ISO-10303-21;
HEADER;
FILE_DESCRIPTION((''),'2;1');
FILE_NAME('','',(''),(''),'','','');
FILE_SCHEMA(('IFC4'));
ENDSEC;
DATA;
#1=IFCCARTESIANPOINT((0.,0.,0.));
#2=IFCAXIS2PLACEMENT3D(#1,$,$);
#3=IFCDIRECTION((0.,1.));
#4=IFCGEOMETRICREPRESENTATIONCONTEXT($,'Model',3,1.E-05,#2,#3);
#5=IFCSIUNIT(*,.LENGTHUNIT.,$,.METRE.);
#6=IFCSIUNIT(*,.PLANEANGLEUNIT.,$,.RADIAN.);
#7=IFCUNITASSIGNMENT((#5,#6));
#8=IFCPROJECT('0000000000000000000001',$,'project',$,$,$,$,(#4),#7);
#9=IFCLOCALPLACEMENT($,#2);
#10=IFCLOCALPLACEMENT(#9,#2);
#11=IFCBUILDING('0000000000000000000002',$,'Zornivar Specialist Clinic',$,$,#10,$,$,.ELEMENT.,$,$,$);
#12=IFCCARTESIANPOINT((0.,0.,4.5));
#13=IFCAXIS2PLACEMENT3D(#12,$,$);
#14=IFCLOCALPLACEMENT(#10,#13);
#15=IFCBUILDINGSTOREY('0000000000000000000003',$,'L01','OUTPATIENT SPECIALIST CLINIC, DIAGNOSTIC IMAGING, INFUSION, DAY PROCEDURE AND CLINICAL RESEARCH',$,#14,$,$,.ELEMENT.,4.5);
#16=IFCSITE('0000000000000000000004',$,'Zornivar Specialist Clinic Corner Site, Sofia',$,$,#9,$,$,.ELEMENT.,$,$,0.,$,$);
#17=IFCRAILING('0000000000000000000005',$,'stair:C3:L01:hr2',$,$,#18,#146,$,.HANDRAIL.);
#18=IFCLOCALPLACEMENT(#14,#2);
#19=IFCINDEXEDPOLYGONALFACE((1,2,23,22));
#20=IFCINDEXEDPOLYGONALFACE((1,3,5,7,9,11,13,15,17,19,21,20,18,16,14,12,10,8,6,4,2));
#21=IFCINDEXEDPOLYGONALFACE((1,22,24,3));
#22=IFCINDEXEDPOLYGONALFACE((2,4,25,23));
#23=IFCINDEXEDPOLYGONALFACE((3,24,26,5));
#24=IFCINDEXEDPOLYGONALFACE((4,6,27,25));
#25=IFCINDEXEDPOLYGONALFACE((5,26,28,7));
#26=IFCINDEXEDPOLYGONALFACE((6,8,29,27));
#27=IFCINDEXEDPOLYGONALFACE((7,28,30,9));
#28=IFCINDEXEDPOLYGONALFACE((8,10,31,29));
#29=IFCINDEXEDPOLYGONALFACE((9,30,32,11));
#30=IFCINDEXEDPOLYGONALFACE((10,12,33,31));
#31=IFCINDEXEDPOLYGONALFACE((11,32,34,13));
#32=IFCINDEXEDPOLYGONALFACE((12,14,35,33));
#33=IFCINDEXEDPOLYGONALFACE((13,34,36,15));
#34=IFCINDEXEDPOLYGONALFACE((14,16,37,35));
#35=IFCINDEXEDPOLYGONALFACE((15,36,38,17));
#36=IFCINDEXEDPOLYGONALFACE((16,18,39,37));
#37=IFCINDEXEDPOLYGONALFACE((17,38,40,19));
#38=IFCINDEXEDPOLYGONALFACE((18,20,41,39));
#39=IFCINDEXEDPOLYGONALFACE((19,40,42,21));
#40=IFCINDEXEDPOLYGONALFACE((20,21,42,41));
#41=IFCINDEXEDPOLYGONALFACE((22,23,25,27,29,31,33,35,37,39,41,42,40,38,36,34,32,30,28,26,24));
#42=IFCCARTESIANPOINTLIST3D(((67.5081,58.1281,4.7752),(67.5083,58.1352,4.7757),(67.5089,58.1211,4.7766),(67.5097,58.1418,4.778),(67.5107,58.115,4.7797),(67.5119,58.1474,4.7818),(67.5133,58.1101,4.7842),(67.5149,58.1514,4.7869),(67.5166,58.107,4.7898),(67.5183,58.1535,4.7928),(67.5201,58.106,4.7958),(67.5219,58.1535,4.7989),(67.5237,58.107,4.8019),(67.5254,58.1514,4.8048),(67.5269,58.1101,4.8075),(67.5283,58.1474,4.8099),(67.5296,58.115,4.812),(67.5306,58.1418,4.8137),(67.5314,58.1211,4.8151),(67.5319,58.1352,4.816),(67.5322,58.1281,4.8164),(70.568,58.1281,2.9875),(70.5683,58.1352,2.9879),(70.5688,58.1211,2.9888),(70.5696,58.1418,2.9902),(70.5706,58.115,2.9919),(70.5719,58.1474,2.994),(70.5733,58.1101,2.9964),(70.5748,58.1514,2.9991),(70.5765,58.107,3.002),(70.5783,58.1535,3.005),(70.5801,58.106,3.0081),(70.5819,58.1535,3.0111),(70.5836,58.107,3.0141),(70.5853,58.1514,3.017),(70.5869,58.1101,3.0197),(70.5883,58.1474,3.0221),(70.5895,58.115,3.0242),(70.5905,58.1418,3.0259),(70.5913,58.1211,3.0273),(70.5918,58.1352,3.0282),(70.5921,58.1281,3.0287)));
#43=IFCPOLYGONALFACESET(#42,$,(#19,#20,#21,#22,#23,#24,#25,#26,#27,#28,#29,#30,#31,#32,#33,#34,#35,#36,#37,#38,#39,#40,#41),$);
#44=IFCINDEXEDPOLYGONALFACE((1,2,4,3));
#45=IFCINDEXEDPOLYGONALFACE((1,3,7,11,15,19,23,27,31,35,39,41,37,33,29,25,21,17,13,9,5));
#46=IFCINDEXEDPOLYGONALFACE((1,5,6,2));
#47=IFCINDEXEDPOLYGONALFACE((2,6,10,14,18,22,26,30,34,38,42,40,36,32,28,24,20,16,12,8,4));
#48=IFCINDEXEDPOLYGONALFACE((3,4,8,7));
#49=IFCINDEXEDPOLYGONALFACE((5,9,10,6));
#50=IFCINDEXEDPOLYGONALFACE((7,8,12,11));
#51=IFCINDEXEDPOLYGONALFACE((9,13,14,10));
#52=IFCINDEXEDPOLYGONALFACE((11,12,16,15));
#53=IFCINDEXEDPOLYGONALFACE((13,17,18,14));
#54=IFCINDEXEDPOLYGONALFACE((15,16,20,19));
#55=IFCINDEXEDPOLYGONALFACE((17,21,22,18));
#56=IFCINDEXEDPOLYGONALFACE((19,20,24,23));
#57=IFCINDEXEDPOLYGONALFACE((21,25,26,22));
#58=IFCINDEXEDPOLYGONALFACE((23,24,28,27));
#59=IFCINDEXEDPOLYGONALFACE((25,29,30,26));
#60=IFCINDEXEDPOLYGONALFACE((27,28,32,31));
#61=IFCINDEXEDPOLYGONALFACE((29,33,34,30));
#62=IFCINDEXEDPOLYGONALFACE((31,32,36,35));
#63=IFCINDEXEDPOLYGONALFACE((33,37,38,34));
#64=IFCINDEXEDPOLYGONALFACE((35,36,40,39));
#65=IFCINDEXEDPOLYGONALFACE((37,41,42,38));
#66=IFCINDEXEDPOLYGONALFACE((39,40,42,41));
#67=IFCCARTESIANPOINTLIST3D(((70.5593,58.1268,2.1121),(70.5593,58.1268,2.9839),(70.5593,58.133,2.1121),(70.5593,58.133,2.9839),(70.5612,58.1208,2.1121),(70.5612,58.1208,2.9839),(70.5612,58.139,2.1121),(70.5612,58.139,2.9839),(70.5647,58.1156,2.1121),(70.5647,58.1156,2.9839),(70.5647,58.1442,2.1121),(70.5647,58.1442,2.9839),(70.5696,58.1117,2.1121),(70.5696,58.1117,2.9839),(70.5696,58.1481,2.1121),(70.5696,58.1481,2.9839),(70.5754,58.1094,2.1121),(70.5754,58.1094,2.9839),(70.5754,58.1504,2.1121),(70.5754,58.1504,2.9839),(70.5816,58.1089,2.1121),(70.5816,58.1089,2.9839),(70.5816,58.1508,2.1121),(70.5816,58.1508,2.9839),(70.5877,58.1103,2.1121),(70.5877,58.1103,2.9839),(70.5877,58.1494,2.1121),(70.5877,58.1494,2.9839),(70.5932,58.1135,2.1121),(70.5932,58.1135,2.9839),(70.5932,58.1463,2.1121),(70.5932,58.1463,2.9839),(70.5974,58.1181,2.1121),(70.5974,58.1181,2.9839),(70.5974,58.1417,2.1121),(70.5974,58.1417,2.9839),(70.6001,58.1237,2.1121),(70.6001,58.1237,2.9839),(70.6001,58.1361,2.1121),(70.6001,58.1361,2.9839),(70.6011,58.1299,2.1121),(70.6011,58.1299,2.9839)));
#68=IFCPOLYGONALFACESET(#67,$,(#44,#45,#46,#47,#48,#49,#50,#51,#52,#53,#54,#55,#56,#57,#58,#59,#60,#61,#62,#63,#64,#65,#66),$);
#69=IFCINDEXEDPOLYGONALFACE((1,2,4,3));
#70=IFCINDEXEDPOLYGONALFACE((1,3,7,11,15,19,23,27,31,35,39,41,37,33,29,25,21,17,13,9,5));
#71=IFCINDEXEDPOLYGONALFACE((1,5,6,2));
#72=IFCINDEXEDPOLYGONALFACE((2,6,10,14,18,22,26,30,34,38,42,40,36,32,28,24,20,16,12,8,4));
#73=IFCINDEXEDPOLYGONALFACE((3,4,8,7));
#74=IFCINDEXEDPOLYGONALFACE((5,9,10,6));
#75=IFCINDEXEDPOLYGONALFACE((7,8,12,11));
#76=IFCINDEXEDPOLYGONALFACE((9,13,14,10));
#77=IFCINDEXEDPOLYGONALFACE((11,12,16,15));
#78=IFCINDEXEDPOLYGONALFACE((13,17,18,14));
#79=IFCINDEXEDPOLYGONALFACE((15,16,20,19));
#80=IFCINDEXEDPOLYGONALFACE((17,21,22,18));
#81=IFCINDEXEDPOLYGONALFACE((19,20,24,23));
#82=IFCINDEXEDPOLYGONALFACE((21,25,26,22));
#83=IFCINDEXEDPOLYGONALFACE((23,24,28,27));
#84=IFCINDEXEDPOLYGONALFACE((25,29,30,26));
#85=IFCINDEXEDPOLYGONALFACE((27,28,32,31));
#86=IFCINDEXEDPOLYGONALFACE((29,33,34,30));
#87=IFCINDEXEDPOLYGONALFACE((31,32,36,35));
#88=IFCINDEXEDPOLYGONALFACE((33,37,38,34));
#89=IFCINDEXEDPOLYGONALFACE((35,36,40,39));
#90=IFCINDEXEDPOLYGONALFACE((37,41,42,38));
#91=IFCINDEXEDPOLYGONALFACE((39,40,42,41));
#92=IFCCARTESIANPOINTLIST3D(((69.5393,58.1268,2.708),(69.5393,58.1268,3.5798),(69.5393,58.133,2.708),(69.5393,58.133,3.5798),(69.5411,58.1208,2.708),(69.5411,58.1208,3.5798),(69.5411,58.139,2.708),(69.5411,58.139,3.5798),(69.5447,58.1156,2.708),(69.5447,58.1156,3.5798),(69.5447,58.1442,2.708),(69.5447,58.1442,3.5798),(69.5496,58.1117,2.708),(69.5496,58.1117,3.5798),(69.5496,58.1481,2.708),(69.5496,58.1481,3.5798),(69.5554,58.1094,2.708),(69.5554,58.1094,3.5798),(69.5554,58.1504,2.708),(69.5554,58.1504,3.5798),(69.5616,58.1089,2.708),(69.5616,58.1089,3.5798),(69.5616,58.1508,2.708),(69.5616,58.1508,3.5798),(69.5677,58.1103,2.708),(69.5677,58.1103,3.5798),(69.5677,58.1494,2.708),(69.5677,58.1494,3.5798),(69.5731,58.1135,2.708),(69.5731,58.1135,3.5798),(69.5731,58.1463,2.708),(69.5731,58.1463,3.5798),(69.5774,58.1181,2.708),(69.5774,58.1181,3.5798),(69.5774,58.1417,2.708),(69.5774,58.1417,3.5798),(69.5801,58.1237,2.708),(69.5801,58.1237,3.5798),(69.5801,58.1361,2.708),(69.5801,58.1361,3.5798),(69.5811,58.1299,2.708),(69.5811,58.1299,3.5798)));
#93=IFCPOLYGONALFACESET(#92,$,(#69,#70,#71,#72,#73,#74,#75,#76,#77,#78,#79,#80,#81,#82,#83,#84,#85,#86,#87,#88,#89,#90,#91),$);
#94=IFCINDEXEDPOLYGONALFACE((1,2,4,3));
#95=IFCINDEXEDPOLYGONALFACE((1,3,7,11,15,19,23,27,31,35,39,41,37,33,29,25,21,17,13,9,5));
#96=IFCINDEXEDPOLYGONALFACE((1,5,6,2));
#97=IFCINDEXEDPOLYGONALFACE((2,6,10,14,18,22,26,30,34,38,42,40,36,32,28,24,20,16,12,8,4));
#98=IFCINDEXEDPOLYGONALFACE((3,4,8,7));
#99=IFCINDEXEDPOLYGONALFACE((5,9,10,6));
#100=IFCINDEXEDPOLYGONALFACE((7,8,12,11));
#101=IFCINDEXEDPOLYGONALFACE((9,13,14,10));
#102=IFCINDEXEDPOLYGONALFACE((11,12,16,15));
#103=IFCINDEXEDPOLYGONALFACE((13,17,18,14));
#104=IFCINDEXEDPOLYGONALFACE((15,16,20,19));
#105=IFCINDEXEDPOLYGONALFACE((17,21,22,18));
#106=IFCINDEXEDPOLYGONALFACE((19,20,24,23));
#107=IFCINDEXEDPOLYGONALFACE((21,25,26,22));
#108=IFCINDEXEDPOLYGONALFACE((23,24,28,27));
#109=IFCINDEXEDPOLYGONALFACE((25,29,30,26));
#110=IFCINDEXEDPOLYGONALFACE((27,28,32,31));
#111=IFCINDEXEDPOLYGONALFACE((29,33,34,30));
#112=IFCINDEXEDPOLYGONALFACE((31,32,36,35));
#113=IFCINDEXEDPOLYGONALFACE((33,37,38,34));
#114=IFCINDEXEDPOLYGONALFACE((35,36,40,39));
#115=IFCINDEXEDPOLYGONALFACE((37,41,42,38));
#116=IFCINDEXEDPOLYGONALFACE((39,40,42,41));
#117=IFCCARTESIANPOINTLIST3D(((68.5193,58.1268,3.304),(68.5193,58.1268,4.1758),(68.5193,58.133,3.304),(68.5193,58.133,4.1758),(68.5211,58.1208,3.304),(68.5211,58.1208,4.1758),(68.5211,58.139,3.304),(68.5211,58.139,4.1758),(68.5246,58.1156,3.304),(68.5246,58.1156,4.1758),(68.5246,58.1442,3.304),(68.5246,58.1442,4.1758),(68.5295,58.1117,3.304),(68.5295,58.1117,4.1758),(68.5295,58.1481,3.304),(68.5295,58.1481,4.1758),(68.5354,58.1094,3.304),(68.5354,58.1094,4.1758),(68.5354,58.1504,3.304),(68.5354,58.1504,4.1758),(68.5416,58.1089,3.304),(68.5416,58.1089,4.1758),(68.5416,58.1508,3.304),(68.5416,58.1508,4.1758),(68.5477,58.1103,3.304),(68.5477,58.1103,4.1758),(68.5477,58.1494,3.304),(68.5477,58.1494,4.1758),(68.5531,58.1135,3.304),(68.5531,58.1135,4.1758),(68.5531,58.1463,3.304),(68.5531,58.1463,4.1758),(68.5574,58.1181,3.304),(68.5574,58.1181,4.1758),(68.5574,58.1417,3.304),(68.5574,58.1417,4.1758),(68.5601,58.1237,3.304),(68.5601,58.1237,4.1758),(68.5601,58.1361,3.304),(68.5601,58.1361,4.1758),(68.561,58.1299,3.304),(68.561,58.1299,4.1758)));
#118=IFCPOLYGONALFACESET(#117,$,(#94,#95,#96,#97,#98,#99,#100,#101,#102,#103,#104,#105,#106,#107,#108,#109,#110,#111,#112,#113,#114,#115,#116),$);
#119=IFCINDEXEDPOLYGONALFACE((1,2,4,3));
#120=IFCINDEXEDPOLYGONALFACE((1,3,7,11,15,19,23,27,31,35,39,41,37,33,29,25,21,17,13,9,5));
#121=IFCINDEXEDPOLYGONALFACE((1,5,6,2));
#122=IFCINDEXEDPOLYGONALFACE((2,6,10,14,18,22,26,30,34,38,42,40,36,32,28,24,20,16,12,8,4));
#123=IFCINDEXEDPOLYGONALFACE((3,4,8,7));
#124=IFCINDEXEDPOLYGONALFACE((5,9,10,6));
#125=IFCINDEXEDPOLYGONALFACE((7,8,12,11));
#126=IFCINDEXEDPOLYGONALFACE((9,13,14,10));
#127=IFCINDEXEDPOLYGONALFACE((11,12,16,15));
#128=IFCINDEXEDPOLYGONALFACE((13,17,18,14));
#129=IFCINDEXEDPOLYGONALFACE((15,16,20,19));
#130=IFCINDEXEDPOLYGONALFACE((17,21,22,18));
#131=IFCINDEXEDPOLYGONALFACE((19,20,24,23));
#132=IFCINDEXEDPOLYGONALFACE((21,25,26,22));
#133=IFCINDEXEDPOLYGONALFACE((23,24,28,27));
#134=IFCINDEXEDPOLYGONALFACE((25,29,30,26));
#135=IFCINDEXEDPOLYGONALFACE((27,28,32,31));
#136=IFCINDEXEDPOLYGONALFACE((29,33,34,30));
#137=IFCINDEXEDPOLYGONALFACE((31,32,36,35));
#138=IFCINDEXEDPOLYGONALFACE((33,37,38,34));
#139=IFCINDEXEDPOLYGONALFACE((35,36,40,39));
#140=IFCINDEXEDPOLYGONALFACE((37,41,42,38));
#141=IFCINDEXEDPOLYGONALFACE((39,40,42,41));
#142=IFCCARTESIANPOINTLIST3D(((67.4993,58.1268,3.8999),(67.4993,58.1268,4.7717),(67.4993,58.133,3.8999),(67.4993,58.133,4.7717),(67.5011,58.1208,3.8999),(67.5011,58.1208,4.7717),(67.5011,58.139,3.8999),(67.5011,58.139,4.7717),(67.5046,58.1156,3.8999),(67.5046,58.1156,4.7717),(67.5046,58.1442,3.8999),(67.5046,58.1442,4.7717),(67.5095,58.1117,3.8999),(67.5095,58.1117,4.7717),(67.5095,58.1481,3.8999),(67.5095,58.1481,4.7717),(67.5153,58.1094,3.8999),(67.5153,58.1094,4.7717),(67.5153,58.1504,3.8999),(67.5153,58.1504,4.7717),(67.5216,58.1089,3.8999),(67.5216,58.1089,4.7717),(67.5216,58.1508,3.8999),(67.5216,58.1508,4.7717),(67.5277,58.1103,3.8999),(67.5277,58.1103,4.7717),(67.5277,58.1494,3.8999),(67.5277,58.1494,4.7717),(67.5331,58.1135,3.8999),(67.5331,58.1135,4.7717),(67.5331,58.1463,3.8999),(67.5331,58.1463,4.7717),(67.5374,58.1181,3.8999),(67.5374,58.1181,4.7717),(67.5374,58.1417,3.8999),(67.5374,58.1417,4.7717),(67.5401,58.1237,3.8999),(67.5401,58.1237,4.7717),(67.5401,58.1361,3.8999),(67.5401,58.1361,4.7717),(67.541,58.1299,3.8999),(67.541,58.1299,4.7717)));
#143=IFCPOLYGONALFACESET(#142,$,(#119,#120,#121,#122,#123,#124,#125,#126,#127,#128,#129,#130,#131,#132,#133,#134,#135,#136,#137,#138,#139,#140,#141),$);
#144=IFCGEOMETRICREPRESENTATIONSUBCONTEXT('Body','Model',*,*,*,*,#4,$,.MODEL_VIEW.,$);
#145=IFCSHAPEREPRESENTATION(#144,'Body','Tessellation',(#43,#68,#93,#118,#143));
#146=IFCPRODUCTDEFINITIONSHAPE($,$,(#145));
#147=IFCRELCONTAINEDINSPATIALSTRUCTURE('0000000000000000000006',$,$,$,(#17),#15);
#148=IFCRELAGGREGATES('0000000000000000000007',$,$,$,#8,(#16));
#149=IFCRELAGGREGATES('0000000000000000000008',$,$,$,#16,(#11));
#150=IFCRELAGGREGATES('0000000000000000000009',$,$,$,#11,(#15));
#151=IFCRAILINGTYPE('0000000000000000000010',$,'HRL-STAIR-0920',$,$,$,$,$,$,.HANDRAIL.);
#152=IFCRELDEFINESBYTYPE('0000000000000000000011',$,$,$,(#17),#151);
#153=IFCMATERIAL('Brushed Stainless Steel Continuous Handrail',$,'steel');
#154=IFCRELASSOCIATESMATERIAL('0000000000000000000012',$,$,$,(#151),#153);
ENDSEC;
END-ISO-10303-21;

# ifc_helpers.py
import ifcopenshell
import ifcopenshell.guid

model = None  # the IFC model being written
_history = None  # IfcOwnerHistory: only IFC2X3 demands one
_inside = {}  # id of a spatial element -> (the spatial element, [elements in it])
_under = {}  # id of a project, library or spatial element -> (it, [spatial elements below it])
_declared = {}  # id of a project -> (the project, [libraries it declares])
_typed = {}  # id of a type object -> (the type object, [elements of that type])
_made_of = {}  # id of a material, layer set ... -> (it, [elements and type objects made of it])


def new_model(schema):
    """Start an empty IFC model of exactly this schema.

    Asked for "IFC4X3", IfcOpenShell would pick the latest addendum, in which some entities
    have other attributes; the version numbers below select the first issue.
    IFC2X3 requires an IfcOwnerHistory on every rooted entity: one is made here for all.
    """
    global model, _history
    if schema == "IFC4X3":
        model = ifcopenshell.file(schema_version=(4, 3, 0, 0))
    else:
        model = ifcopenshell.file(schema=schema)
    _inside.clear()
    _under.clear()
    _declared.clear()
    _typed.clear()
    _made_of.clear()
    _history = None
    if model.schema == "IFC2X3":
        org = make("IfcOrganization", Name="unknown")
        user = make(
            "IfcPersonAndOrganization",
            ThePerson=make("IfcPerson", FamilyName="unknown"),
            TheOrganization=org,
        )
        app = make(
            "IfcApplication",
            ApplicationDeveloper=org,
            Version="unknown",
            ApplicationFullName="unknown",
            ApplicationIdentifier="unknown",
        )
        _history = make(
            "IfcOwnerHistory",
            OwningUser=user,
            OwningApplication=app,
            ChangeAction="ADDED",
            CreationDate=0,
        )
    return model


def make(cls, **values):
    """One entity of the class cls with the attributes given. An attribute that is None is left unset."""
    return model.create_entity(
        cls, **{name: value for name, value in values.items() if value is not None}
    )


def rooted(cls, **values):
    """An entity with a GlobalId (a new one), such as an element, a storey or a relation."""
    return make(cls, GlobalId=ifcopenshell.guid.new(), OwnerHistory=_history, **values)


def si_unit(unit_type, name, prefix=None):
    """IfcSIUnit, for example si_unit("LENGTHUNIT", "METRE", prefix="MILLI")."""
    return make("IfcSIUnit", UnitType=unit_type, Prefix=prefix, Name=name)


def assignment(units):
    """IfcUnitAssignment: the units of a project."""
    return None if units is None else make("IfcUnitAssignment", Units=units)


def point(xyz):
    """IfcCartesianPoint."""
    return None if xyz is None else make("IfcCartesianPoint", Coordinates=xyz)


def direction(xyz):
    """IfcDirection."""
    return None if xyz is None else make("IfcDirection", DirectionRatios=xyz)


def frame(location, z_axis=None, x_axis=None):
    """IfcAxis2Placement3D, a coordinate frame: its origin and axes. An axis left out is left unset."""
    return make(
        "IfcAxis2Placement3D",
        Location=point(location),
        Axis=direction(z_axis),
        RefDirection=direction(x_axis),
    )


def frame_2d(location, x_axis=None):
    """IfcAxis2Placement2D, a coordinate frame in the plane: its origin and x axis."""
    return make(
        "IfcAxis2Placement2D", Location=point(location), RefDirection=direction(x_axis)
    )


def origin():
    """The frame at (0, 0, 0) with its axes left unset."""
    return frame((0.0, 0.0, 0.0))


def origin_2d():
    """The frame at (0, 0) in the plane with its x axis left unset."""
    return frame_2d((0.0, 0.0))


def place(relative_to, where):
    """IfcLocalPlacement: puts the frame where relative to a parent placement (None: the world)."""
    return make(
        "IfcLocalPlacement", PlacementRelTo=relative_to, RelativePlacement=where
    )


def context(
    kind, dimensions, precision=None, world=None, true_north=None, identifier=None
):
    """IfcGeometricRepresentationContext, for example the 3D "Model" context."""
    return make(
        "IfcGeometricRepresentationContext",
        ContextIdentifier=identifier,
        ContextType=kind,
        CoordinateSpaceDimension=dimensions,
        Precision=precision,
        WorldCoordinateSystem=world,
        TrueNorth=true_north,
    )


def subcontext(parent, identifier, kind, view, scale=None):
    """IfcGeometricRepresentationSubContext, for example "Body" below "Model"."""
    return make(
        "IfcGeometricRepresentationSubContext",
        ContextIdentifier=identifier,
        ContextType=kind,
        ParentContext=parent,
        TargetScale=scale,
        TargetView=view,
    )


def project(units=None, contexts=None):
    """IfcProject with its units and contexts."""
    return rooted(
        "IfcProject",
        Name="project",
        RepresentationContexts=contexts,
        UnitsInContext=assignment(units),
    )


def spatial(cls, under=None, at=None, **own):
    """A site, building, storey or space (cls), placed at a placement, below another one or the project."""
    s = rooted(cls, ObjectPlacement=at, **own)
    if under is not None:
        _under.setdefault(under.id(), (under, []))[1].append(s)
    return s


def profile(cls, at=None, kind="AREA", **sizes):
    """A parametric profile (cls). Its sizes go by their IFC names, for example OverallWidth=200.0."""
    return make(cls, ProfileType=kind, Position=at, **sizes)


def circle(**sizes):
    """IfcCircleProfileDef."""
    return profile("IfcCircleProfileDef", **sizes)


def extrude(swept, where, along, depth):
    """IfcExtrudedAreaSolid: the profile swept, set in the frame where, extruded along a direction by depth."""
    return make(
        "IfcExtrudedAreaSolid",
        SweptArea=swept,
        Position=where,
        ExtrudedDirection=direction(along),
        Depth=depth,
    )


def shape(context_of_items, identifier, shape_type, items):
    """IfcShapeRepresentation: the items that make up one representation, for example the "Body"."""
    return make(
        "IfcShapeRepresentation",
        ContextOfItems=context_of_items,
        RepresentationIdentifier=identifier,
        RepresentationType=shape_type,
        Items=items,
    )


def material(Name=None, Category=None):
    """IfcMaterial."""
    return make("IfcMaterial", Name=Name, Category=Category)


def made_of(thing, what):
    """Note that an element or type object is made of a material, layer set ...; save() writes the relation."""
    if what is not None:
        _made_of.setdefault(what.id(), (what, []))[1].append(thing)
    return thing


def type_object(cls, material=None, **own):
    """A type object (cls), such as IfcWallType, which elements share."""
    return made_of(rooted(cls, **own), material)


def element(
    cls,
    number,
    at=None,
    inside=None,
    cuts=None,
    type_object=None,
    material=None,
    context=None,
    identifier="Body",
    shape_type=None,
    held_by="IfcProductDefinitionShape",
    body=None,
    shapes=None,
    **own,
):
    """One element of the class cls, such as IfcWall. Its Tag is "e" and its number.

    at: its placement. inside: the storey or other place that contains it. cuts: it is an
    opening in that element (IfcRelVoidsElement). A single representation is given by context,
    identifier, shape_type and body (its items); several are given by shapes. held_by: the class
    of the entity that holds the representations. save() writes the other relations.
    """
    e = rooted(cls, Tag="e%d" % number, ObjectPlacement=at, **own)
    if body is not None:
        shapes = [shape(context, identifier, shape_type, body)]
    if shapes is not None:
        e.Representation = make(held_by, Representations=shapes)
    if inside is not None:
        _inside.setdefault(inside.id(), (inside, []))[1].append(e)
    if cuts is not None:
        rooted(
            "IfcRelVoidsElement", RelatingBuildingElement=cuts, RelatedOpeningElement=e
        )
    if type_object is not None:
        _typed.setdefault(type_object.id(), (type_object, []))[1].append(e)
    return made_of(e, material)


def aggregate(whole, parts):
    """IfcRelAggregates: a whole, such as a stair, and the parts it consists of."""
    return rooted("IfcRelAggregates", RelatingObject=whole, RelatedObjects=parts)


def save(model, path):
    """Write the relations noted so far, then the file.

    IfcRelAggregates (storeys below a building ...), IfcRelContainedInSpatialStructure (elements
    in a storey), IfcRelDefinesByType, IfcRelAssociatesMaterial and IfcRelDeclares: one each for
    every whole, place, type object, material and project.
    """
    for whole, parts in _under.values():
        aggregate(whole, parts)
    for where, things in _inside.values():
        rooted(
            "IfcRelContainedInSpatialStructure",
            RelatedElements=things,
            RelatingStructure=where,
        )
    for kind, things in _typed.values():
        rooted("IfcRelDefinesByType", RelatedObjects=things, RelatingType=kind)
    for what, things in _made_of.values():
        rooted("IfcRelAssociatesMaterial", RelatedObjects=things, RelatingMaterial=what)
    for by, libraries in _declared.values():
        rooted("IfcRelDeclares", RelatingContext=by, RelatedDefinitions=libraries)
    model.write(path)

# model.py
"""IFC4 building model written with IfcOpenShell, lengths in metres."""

from ifc_helpers import new_model, si_unit, direction, frame, origin, origin_2d, place, context, subcontext, project, spatial, circle, extrude, material, type_object, element, save


model = new_model("IFC4")

# Units and contexts
model_context = context("Model", 3, precision=1e-05, world=origin(), true_north=direction((0.0, 1.0)))
body_context = subcontext(model_context, "Body", "Model", "MODEL_VIEW")
ifc_project = project(units=[si_unit("LENGTHUNIT", "METRE"), si_unit("PLANEANGLEUNIT", "RADIAN")], contexts=[model_context])

# Site, building, storey
site_placement = place(None, origin())
site = spatial("IfcSite", under=ifc_project, at=site_placement, Name="Zornivar Specialist Clinic Corner Site, Sofia", CompositionType="ELEMENT", RefElevation=0.0)
building_placement = place(site_placement, origin())
building = spatial("IfcBuilding", under=site, at=building_placement, Name="Zornivar Specialist Clinic", CompositionType="ELEMENT")
storey_placement = place(building_placement, frame((0.0, 0.0, 4.5)))
storey = spatial("IfcBuildingStorey", under=building, at=storey_placement, Name="L01", Description="OUTPATIENT SPECIALIST CLINIC, DIAGNOSTIC IMAGING, INFUSION, DAY PROCEDURE AND CLINICAL RESEARCH", CompositionType="ELEMENT", Elevation=4.5)

# Railing
ifc_material_1 = material(Name="Brushed Stainless Steel Continuous Handrail", Category="steel")
railing_type_1 = type_object("IfcRailingType", Name="HRL-STAIR-0920", PredefinedType="HANDRAIL", material=ifc_material_1)
railing_1_placement = place(storey_placement, frame((70.5801, 58.1299, 2.1121)))
element("IfcRailing", 1, at=railing_1_placement, inside=storey, type_object=railing_type_1, Name="stair:C3:L01:hr2", PredefinedType="HANDRAIL", context=body_context, shape_type="SweptSolid", body=[
    extrude(circle(Radius=0.0239, at=origin_2d()), frame((0.0, 0.0, 0.896), z_axis=(-0.863434, 0.0, 0.504462), x_axis=(0.0, -1.0, 0.0)), (0.0, 0.0, 1.0), 3.5439),
    extrude(circle(Radius=0.021, at=origin_2d()), origin(), (0.0, 0.0, 1.0), 0.8718),
    extrude(circle(Radius=0.021, at=origin_2d()), frame((-1.02, 0.0, 0.5959)), (0.0, 0.0, 1.0), 0.8718),
    extrude(circle(Radius=0.021, at=origin_2d()), frame((-2.04, 0.0, 1.1919)), (0.0, 0.0, 1.0), 0.8718),
    extrude(circle(Radius=0.021, at=origin_2d()), frame((-3.0601, 0.0, 1.7878)), (0.0, 0.0, 1.0), 0.8718),
])

save(model, "model.ifc")
